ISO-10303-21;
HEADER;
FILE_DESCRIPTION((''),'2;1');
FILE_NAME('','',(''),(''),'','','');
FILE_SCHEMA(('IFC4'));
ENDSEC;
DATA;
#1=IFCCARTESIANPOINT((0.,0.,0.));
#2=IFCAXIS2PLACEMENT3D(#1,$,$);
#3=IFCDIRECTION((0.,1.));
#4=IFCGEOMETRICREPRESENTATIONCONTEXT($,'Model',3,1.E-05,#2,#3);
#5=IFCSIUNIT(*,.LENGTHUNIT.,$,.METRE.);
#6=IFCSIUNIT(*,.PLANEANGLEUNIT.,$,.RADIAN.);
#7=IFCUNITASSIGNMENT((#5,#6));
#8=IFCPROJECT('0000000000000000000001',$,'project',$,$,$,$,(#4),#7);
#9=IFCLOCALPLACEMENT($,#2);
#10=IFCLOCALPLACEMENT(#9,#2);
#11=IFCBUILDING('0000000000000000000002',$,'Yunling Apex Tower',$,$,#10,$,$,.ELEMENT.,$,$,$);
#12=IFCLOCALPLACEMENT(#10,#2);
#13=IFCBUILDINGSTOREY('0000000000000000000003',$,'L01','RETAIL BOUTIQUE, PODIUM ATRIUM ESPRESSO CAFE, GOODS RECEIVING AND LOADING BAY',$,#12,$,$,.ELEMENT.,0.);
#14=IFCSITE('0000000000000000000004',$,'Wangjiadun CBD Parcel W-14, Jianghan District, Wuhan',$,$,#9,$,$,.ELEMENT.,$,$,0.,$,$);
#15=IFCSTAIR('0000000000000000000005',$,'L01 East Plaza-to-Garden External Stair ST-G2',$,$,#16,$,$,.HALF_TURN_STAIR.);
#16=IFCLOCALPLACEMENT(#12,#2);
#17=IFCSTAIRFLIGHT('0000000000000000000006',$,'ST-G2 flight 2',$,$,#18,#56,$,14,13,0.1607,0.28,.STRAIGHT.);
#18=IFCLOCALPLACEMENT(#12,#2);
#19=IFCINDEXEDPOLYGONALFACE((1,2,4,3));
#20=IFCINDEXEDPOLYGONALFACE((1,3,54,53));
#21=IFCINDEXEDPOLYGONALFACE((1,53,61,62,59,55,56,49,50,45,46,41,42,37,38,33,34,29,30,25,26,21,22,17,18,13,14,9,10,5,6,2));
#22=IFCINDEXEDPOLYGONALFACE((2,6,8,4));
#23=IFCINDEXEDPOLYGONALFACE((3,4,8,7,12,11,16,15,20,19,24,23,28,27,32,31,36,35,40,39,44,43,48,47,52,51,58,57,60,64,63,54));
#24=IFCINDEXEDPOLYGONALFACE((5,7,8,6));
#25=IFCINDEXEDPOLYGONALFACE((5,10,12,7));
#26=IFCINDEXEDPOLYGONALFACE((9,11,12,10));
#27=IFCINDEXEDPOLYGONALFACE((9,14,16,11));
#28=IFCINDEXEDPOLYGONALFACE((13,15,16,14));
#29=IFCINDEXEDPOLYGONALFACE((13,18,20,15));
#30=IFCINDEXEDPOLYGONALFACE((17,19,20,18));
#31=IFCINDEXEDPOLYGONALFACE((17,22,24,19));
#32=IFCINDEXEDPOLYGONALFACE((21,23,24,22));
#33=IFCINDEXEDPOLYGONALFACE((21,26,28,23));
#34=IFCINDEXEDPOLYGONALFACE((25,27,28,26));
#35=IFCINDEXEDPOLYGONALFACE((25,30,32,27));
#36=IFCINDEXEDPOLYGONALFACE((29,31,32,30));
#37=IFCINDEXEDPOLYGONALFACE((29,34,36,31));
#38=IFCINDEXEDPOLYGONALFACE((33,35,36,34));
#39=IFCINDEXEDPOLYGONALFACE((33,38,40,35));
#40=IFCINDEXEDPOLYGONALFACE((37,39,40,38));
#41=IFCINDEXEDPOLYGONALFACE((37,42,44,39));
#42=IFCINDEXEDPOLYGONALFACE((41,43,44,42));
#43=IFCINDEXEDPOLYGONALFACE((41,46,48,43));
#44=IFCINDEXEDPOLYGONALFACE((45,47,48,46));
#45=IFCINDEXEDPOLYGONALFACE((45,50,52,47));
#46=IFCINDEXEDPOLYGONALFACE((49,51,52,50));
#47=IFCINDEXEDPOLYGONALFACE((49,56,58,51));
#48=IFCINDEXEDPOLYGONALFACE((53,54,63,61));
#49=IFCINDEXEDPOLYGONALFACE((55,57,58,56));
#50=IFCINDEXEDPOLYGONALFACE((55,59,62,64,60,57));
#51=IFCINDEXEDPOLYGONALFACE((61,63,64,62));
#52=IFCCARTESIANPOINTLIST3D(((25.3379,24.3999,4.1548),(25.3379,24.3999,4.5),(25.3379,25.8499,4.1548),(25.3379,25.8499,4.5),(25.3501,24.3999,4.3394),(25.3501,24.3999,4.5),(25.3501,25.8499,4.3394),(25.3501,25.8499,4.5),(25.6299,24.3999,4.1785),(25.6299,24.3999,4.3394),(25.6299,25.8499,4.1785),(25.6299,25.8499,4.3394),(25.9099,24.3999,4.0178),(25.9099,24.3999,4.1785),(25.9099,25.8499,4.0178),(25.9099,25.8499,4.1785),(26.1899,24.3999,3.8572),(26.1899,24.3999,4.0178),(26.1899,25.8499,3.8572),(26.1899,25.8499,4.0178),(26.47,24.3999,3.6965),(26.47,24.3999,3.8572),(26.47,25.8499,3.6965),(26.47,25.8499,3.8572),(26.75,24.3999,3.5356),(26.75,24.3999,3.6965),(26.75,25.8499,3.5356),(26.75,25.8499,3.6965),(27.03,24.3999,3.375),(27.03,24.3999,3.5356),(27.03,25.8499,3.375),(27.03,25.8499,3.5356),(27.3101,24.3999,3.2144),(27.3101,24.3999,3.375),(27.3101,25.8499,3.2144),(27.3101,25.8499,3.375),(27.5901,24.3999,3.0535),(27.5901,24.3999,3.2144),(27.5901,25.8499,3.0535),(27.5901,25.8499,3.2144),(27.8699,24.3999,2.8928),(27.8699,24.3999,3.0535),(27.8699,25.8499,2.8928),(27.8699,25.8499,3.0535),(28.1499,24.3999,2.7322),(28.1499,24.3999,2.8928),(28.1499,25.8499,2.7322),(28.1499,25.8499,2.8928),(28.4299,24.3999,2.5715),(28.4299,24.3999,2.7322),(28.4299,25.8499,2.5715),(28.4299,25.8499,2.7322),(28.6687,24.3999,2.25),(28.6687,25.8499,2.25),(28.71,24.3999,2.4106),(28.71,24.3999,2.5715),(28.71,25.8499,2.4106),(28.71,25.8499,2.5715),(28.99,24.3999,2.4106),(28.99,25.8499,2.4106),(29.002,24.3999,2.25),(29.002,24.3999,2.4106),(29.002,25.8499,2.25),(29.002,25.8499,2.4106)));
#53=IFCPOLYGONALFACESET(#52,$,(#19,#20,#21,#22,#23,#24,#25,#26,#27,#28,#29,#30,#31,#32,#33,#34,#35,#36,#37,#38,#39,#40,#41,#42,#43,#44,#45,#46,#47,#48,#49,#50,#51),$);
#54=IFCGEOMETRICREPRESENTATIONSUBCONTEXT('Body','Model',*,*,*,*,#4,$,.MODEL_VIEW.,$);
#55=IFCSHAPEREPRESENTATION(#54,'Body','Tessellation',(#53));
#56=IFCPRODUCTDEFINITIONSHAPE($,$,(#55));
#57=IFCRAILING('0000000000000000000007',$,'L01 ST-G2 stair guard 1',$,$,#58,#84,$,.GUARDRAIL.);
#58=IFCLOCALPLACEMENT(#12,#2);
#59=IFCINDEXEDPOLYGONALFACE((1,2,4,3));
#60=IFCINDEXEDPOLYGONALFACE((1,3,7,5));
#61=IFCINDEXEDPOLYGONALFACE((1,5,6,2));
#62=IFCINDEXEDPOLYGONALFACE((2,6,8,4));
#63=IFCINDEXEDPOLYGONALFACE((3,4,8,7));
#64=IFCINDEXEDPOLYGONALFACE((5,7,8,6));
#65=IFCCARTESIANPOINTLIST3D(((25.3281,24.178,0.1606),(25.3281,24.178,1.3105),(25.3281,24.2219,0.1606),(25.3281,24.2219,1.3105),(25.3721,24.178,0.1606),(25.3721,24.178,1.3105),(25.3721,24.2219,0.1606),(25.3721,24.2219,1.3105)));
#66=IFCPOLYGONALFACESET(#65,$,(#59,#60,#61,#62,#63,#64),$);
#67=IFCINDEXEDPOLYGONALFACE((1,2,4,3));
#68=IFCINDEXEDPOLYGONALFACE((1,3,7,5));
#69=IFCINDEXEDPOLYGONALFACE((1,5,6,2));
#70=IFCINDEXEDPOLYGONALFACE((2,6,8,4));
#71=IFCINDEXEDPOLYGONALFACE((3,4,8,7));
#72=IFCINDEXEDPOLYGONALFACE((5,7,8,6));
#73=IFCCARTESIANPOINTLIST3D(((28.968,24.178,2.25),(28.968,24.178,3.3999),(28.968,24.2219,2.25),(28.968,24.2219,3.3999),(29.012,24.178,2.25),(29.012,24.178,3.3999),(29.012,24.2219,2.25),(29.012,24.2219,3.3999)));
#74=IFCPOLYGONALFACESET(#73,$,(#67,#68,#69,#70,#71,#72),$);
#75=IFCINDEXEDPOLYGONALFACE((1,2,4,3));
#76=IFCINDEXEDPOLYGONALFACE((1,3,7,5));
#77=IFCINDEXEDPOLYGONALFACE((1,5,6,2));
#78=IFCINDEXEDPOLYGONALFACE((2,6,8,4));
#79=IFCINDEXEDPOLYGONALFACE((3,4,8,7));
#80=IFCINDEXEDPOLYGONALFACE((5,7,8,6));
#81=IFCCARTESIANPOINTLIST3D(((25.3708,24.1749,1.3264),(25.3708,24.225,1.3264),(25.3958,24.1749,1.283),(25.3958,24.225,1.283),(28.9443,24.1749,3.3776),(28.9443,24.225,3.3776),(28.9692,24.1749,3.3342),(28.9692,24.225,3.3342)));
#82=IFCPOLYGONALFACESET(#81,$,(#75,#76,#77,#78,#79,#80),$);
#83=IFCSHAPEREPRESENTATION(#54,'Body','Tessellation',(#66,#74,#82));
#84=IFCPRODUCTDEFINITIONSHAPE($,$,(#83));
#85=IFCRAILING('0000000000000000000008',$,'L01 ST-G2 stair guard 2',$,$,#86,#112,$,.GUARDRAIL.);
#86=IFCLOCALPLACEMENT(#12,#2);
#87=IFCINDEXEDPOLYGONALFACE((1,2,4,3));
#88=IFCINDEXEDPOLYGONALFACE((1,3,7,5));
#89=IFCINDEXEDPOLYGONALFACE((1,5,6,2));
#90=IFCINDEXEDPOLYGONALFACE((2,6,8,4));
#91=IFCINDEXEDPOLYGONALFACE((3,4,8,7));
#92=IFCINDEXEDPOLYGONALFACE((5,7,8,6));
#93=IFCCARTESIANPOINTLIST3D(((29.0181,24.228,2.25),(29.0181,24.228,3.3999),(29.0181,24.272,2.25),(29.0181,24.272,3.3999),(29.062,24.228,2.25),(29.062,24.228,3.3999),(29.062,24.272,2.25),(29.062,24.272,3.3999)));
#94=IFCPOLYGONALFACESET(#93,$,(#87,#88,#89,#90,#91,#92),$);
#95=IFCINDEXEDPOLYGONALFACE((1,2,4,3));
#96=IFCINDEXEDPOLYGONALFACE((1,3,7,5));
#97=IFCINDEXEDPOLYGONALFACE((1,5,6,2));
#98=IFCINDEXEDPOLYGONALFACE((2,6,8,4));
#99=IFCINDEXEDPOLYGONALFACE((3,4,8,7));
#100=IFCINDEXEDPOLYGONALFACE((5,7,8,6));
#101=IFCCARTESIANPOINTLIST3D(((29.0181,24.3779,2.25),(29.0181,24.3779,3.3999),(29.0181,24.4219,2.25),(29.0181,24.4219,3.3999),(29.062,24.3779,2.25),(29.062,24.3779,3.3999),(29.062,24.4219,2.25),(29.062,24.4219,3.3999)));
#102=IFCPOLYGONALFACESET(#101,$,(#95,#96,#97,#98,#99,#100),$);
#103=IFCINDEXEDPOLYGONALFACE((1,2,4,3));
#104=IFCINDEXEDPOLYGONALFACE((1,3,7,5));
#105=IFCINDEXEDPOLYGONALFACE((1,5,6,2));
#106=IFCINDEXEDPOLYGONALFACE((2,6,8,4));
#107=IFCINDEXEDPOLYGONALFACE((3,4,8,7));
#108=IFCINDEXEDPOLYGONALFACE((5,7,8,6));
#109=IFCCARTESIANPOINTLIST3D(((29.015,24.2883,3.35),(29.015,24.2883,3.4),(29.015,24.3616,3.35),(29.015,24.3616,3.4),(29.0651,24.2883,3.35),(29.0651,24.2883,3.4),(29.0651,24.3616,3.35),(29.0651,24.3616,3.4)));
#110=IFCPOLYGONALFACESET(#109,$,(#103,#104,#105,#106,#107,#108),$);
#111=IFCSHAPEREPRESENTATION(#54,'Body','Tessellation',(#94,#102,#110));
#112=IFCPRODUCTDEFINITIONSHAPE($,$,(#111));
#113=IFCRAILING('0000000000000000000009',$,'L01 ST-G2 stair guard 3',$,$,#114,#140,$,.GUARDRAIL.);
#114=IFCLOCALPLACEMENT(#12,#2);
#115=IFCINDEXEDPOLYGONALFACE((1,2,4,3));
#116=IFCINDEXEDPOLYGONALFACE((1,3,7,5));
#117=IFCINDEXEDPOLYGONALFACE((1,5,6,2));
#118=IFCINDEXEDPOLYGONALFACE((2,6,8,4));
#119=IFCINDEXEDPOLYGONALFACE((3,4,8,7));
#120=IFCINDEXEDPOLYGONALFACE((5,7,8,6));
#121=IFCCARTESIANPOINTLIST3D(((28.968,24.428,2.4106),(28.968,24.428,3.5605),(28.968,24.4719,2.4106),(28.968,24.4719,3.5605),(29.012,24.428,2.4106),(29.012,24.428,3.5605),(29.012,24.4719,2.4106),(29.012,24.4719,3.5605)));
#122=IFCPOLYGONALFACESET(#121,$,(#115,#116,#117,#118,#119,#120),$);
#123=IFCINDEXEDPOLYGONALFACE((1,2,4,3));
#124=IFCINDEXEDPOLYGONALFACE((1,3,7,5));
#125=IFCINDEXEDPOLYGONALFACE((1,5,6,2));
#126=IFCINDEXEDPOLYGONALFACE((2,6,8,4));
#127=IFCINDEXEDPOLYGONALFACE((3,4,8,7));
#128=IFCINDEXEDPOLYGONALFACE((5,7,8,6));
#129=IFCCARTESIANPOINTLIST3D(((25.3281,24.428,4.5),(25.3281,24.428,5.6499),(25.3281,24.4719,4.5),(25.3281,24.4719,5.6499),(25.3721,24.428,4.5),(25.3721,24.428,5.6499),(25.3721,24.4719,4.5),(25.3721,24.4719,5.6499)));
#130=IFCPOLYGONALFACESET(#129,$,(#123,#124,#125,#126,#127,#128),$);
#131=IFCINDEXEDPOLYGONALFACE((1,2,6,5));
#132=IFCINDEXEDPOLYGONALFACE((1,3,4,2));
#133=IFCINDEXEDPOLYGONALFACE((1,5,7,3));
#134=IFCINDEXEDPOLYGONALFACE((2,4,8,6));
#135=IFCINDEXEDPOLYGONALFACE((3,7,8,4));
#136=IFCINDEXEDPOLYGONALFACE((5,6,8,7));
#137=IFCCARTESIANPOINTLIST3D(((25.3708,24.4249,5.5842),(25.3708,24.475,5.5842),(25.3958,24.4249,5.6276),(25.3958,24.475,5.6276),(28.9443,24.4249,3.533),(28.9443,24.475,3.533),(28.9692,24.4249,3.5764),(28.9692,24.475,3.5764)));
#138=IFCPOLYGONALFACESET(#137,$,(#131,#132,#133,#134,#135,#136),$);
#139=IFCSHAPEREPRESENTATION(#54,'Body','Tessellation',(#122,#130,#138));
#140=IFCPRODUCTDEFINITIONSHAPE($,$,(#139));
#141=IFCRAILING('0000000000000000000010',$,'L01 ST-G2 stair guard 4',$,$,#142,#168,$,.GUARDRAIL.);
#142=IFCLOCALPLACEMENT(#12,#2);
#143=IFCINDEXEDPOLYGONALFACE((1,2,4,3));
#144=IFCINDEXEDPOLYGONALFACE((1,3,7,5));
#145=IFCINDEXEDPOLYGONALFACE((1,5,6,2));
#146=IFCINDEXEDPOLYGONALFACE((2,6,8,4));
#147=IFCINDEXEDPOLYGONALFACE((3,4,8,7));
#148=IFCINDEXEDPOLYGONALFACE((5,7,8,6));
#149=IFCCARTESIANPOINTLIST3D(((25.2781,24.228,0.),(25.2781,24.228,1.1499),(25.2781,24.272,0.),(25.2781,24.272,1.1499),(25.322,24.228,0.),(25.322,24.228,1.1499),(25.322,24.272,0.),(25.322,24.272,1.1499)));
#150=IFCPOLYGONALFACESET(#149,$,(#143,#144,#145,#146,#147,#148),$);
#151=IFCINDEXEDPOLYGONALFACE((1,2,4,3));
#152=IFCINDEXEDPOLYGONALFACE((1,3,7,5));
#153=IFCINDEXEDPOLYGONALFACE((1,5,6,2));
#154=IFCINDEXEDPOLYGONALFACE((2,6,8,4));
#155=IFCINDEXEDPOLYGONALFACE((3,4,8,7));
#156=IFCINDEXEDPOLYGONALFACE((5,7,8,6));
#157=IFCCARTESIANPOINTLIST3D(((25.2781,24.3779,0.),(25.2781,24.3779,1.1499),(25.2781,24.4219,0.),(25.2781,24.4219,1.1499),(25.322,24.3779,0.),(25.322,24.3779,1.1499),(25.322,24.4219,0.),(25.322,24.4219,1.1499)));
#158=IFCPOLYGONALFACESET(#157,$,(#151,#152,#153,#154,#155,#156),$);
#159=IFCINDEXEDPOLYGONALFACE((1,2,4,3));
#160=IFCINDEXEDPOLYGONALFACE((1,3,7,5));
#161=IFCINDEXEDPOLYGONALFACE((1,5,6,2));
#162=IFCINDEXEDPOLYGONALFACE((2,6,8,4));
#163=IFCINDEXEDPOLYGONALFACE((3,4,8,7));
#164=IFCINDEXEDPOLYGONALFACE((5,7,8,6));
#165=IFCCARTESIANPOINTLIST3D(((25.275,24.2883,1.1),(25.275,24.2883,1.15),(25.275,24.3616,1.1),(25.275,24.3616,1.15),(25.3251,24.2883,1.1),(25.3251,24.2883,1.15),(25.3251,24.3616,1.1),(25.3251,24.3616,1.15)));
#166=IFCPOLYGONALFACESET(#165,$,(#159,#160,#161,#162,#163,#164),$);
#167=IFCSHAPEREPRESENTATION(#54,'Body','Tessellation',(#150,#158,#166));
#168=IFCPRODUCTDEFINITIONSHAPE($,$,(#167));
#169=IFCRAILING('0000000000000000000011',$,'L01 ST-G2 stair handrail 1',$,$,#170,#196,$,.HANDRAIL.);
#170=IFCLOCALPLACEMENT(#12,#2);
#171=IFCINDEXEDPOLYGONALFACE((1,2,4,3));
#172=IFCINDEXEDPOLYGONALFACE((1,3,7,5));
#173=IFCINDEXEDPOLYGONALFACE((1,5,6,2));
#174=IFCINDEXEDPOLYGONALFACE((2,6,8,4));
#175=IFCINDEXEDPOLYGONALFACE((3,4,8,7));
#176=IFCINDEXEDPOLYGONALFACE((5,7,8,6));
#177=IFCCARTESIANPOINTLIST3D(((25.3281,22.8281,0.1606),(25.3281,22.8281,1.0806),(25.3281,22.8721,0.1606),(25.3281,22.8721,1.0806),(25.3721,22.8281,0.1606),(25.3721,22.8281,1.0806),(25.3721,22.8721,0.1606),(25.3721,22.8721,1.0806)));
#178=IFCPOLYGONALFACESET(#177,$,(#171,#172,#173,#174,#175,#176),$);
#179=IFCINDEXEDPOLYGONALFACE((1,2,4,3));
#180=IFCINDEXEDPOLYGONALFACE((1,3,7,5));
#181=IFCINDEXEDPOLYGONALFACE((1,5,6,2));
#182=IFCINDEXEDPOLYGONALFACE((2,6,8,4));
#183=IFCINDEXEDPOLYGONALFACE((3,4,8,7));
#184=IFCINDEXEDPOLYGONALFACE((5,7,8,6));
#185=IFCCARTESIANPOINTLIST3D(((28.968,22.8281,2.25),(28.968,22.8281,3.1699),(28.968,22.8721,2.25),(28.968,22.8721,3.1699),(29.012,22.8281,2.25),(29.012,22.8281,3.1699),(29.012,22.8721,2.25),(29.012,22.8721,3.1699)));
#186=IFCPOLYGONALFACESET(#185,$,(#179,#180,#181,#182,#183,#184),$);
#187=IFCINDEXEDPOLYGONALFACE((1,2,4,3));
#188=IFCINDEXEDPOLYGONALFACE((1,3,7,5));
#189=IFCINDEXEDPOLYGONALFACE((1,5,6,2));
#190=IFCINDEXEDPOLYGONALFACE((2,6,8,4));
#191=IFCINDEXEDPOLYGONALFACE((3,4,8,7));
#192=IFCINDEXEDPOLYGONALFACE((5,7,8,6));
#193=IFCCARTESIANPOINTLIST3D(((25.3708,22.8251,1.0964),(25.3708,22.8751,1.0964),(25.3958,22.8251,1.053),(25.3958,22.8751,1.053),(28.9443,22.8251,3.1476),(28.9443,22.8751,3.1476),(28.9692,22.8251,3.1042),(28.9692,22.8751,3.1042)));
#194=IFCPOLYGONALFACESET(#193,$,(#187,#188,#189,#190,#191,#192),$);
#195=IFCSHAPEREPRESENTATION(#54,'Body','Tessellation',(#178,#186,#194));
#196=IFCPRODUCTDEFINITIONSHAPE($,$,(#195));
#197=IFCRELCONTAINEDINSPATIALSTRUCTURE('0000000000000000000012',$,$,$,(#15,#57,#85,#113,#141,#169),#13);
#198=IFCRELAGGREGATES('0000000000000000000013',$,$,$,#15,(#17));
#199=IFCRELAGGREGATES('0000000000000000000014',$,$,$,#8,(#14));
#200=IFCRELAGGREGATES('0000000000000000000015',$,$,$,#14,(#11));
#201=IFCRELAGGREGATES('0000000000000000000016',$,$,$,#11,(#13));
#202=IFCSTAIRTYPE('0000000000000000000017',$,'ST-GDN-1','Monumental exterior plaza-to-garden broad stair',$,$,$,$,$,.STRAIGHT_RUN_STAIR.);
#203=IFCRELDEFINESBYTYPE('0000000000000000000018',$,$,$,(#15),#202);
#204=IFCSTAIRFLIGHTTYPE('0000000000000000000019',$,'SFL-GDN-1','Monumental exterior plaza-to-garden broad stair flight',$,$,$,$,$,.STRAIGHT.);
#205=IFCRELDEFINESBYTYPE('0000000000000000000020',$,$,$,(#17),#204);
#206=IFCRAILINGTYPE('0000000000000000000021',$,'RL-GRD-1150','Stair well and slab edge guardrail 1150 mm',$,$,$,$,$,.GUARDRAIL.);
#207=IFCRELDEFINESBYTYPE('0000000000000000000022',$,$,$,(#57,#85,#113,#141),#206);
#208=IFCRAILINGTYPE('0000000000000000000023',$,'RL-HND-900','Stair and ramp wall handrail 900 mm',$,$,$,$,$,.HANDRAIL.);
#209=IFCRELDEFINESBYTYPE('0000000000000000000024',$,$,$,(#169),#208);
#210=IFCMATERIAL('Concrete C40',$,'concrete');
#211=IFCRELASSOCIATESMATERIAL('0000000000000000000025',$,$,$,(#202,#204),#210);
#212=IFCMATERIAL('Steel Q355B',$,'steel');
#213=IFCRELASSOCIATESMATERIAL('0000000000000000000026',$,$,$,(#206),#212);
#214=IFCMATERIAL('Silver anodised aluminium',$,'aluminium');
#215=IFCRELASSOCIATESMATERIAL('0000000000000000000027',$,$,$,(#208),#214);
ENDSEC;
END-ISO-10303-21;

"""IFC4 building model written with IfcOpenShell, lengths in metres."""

from ifc_helpers import new_model, si_unit, direction, frame, origin, origin_2d, place, context, subcontext, project, spatial, polyline, rectangle, outline, extrude, material, type_object, element, aggregate, save


model = new_model("IFC4")

# Units and contexts
model_context = context("Model", 3, precision=1e-05, world=origin(), true_north=direction((0.0, 1.0)))
body_context = subcontext(model_context, "Body", "Model", "MODEL_VIEW")
ifc_project = project(units=[si_unit("LENGTHUNIT", "METRE"), si_unit("PLANEANGLEUNIT", "RADIAN")], contexts=[model_context])

# Site, building, storey
site_placement = place(None, origin())
site = spatial("IfcSite", under=ifc_project, at=site_placement, Name="Wangjiadun CBD Parcel W-14, Jianghan District, Wuhan", CompositionType="ELEMENT", RefElevation=0.0)
building_placement = place(site_placement, origin())
building = spatial("IfcBuilding", under=site, at=building_placement, Name="Yunling Apex Tower", CompositionType="ELEMENT")
storey_placement = place(building_placement, origin())
storey = spatial("IfcBuildingStorey", under=building, at=storey_placement, Name="L01", Description="RETAIL BOUTIQUE, PODIUM ATRIUM ESPRESSO CAFE, GOODS RECEIVING AND LOADING BAY", CompositionType="ELEMENT", Elevation=0.0)

# Shared definitions
ifc_material_1 = material(Name="Steel Q355B", Category="steel")

# Shared definitions
ifc_material_2 = material(Name="Concrete C40", Category="concrete")

# Stair, stair flight
stair_type = type_object("IfcStairType", Name="ST-GDN-1", Description="Monumental exterior plaza-to-garden broad stair", PredefinedType="STRAIGHT_RUN_STAIR", material=ifc_material_2)
stair_placement = place(storey_placement, origin())
stair = element("IfcStair", 1, at=stair_placement, inside=storey, type_object=stair_type, Name="L01 East Plaza-to-Garden External Stair ST-G2", PredefinedType="HALF_TURN_STAIR")
stair_flight_type = type_object("IfcStairFlightType", Name="SFL-GDN-1", Description="Monumental exterior plaza-to-garden broad stair flight", PredefinedType="STRAIGHT", material=ifc_material_2)
stair_flight_1_placement = place(storey_placement, frame((28.99, 25.125, 2.25), z_axis=(0.0, 0.0, 1.0), x_axis=(-1.0, 0.0, 0.0)))
stair_flight_1 = element("IfcStairFlight", 2, at=stair_flight_1_placement, type_object=stair_flight_type, Name="ST-G2 flight 2", NumberOfRisers=14, NumberOfTreads=13, PredefinedType="STRAIGHT", RiserHeight=0.1607, TreadLength=0.28, context=body_context, shape_type="SweptSolid", body=[
    extrude(outline(polyline([(-0.012, 0.0), (-0.012, 0.1606), (0.0, 0.1606), (0.28, 0.1606), (0.28, 0.3215), (0.5601, 0.3215), (0.5601, 0.4822), (0.8401, 0.4822), (0.8401, 0.6428), (1.1201, 0.6428), (1.1201, 0.8035), (1.3999, 0.8035), (1.3999, 0.9644), (1.6799, 0.9644), (1.6799, 1.125), (1.96, 1.125), (1.96, 1.2856), (2.24, 1.2856), (2.24, 1.4465), (2.52, 1.4465), (2.52, 1.6072), (2.8, 1.6072), (2.8, 1.7678), (3.0801, 1.7678), (3.0801, 1.9285), (3.3601, 1.9285), (3.3601, 2.0894), (3.6399, 2.0894), (3.6399, 2.25), (3.6521, 2.25), (3.6521, 1.9048), (0.3213, 0.0), (-0.012, 0.0)])), frame((0.0, 0.7251, 0.0), z_axis=(0.0, -1.0, 0.0), x_axis=(1.0, 0.0, 0.0)), (0.0, 0.0, 1.0), 1.45),
])
aggregate(stair, [stair_flight_1])

# Railings
railing_type_1 = type_object("IfcRailingType", Name="RL-GRD-1150", Description="Stair well and slab edge guardrail 1150 mm", PredefinedType="GUARDRAIL", material=ifc_material_1)
railing_1_placement = place(storey_placement, frame((25.3501, 24.2, 0.1606)))
element("IfcRailing", 3, at=railing_1_placement, inside=storey, type_object=railing_type_1, Name="L01 ST-G2 stair guard 1", PredefinedType="GUARDRAIL", context=body_context, shape_type="SweptSolid", body=[
    extrude(rectangle(XDim=0.0439, YDim=0.0439, at=origin_2d()), origin(), (0.0, 0.0, 1.0), 1.1499),
    extrude(rectangle(XDim=0.0439, YDim=0.0439, at=origin_2d()), frame((3.6399, 0.0, 2.0894)), (0.0, 0.0, 1.0), 1.1499),
    extrude(rectangle(XDim=0.05, YDim=0.05, at=origin_2d()), frame((0.0332, 0.0, 1.144), z_axis=(0.867275, 0.0, 0.497829), x_axis=(0.0, 1.0, 0.0)), (0.0, 0.0, 1.0), 4.1204),
])
railing_2_placement = place(storey_placement, frame((29.04, 24.25, 2.25)))
element("IfcRailing", 4, at=railing_2_placement, inside=storey, type_object=railing_type_1, Name="L01 ST-G2 stair guard 2", PredefinedType="GUARDRAIL", context=body_context, shape_type="SweptSolid", body=[
    extrude(rectangle(XDim=0.0439, YDim=0.0439, at=origin_2d()), origin(), (0.0, 0.0, 1.0), 1.1499),
    extrude(rectangle(XDim=0.0439, YDim=0.0439, at=origin_2d()), frame((0.0, 0.1499, 0.0)), (0.0, 0.0, 1.0), 1.1499),
    extrude(rectangle(XDim=0.05, YDim=0.05, at=origin_2d()), frame((0.0, 0.0383, 1.125), z_axis=(0.0, 1.0, 0.0), x_axis=(-1.0, 0.0, 0.0)), (0.0, 0.0, 1.0), 0.0732),
])
railing_3_placement = place(storey_placement, frame((28.99, 24.45, 2.4106)))
element("IfcRailing", 5, at=railing_3_placement, inside=storey, type_object=railing_type_1, Name="L01 ST-G2 stair guard 3", PredefinedType="GUARDRAIL", context=body_context, shape_type="SweptSolid", body=[
    extrude(rectangle(XDim=0.0439, YDim=0.0439, at=origin_2d()), origin(), (0.0, 0.0, 1.0), 1.1499),
    extrude(rectangle(XDim=0.0439, YDim=0.0439, at=origin_2d()), frame((-3.6399, 0.0, 2.0894)), (0.0, 0.0, 1.0), 1.1499),
    extrude(rectangle(XDim=0.05, YDim=0.05, at=origin_2d()), frame((-0.0332, 0.0, 1.144), z_axis=(-0.867275, 0.0, 0.497829), x_axis=(0.0, -1.0, 0.0)), (0.0, 0.0, 1.0), 4.1204),
])
railing_4_placement = place(storey_placement, frame((25.3, 24.25, 0.0)))
element("IfcRailing", 6, at=railing_4_placement, inside=storey, type_object=railing_type_1, Name="L01 ST-G2 stair guard 4", PredefinedType="GUARDRAIL", context=body_context, shape_type="SweptSolid", body=[
    extrude(rectangle(XDim=0.0439, YDim=0.0439, at=origin_2d()), origin(), (0.0, 0.0, 1.0), 1.1499),
    extrude(rectangle(XDim=0.0439, YDim=0.0439, at=origin_2d()), frame((0.0, 0.1499, 0.0)), (0.0, 0.0, 1.0), 1.1499),
    extrude(rectangle(XDim=0.05, YDim=0.05, at=origin_2d()), frame((0.0, 0.0383, 1.125), z_axis=(0.0, 1.0, 0.0), x_axis=(-1.0, 0.0, 0.0)), (0.0, 0.0, 1.0), 0.0732),
])
ifc_material_3 = material(Name="Silver anodised aluminium", Category="aluminium")
railing_type_2 = type_object("IfcRailingType", Name="RL-HND-900", Description="Stair and ramp wall handrail 900 mm", PredefinedType="HANDRAIL", material=ifc_material_3)
railing_5_placement = place(storey_placement, frame((25.3501, 22.8501, 0.1606)))
element("IfcRailing", 7, at=railing_5_placement, inside=storey, type_object=railing_type_2, Name="L01 ST-G2 stair handrail 1", PredefinedType="HANDRAIL", context=body_context, shape_type="SweptSolid", body=[
    extrude(rectangle(XDim=0.0439, YDim=0.0439, at=origin_2d()), origin(), (0.0, 0.0, 1.0), 0.9199),
    extrude(rectangle(XDim=0.0439, YDim=0.0439, at=origin_2d()), frame((3.6399, 0.0, 2.0894)), (0.0, 0.0, 1.0), 0.9199),
    extrude(rectangle(XDim=0.05, YDim=0.05, at=origin_2d()), frame((0.0332, 0.0, 0.9141), z_axis=(0.867275, 0.0, 0.497829), x_axis=(0.0, 1.0, 0.0)), (0.0, 0.0, 1.0), 4.1204),
])

save(model, "model.ifc")
